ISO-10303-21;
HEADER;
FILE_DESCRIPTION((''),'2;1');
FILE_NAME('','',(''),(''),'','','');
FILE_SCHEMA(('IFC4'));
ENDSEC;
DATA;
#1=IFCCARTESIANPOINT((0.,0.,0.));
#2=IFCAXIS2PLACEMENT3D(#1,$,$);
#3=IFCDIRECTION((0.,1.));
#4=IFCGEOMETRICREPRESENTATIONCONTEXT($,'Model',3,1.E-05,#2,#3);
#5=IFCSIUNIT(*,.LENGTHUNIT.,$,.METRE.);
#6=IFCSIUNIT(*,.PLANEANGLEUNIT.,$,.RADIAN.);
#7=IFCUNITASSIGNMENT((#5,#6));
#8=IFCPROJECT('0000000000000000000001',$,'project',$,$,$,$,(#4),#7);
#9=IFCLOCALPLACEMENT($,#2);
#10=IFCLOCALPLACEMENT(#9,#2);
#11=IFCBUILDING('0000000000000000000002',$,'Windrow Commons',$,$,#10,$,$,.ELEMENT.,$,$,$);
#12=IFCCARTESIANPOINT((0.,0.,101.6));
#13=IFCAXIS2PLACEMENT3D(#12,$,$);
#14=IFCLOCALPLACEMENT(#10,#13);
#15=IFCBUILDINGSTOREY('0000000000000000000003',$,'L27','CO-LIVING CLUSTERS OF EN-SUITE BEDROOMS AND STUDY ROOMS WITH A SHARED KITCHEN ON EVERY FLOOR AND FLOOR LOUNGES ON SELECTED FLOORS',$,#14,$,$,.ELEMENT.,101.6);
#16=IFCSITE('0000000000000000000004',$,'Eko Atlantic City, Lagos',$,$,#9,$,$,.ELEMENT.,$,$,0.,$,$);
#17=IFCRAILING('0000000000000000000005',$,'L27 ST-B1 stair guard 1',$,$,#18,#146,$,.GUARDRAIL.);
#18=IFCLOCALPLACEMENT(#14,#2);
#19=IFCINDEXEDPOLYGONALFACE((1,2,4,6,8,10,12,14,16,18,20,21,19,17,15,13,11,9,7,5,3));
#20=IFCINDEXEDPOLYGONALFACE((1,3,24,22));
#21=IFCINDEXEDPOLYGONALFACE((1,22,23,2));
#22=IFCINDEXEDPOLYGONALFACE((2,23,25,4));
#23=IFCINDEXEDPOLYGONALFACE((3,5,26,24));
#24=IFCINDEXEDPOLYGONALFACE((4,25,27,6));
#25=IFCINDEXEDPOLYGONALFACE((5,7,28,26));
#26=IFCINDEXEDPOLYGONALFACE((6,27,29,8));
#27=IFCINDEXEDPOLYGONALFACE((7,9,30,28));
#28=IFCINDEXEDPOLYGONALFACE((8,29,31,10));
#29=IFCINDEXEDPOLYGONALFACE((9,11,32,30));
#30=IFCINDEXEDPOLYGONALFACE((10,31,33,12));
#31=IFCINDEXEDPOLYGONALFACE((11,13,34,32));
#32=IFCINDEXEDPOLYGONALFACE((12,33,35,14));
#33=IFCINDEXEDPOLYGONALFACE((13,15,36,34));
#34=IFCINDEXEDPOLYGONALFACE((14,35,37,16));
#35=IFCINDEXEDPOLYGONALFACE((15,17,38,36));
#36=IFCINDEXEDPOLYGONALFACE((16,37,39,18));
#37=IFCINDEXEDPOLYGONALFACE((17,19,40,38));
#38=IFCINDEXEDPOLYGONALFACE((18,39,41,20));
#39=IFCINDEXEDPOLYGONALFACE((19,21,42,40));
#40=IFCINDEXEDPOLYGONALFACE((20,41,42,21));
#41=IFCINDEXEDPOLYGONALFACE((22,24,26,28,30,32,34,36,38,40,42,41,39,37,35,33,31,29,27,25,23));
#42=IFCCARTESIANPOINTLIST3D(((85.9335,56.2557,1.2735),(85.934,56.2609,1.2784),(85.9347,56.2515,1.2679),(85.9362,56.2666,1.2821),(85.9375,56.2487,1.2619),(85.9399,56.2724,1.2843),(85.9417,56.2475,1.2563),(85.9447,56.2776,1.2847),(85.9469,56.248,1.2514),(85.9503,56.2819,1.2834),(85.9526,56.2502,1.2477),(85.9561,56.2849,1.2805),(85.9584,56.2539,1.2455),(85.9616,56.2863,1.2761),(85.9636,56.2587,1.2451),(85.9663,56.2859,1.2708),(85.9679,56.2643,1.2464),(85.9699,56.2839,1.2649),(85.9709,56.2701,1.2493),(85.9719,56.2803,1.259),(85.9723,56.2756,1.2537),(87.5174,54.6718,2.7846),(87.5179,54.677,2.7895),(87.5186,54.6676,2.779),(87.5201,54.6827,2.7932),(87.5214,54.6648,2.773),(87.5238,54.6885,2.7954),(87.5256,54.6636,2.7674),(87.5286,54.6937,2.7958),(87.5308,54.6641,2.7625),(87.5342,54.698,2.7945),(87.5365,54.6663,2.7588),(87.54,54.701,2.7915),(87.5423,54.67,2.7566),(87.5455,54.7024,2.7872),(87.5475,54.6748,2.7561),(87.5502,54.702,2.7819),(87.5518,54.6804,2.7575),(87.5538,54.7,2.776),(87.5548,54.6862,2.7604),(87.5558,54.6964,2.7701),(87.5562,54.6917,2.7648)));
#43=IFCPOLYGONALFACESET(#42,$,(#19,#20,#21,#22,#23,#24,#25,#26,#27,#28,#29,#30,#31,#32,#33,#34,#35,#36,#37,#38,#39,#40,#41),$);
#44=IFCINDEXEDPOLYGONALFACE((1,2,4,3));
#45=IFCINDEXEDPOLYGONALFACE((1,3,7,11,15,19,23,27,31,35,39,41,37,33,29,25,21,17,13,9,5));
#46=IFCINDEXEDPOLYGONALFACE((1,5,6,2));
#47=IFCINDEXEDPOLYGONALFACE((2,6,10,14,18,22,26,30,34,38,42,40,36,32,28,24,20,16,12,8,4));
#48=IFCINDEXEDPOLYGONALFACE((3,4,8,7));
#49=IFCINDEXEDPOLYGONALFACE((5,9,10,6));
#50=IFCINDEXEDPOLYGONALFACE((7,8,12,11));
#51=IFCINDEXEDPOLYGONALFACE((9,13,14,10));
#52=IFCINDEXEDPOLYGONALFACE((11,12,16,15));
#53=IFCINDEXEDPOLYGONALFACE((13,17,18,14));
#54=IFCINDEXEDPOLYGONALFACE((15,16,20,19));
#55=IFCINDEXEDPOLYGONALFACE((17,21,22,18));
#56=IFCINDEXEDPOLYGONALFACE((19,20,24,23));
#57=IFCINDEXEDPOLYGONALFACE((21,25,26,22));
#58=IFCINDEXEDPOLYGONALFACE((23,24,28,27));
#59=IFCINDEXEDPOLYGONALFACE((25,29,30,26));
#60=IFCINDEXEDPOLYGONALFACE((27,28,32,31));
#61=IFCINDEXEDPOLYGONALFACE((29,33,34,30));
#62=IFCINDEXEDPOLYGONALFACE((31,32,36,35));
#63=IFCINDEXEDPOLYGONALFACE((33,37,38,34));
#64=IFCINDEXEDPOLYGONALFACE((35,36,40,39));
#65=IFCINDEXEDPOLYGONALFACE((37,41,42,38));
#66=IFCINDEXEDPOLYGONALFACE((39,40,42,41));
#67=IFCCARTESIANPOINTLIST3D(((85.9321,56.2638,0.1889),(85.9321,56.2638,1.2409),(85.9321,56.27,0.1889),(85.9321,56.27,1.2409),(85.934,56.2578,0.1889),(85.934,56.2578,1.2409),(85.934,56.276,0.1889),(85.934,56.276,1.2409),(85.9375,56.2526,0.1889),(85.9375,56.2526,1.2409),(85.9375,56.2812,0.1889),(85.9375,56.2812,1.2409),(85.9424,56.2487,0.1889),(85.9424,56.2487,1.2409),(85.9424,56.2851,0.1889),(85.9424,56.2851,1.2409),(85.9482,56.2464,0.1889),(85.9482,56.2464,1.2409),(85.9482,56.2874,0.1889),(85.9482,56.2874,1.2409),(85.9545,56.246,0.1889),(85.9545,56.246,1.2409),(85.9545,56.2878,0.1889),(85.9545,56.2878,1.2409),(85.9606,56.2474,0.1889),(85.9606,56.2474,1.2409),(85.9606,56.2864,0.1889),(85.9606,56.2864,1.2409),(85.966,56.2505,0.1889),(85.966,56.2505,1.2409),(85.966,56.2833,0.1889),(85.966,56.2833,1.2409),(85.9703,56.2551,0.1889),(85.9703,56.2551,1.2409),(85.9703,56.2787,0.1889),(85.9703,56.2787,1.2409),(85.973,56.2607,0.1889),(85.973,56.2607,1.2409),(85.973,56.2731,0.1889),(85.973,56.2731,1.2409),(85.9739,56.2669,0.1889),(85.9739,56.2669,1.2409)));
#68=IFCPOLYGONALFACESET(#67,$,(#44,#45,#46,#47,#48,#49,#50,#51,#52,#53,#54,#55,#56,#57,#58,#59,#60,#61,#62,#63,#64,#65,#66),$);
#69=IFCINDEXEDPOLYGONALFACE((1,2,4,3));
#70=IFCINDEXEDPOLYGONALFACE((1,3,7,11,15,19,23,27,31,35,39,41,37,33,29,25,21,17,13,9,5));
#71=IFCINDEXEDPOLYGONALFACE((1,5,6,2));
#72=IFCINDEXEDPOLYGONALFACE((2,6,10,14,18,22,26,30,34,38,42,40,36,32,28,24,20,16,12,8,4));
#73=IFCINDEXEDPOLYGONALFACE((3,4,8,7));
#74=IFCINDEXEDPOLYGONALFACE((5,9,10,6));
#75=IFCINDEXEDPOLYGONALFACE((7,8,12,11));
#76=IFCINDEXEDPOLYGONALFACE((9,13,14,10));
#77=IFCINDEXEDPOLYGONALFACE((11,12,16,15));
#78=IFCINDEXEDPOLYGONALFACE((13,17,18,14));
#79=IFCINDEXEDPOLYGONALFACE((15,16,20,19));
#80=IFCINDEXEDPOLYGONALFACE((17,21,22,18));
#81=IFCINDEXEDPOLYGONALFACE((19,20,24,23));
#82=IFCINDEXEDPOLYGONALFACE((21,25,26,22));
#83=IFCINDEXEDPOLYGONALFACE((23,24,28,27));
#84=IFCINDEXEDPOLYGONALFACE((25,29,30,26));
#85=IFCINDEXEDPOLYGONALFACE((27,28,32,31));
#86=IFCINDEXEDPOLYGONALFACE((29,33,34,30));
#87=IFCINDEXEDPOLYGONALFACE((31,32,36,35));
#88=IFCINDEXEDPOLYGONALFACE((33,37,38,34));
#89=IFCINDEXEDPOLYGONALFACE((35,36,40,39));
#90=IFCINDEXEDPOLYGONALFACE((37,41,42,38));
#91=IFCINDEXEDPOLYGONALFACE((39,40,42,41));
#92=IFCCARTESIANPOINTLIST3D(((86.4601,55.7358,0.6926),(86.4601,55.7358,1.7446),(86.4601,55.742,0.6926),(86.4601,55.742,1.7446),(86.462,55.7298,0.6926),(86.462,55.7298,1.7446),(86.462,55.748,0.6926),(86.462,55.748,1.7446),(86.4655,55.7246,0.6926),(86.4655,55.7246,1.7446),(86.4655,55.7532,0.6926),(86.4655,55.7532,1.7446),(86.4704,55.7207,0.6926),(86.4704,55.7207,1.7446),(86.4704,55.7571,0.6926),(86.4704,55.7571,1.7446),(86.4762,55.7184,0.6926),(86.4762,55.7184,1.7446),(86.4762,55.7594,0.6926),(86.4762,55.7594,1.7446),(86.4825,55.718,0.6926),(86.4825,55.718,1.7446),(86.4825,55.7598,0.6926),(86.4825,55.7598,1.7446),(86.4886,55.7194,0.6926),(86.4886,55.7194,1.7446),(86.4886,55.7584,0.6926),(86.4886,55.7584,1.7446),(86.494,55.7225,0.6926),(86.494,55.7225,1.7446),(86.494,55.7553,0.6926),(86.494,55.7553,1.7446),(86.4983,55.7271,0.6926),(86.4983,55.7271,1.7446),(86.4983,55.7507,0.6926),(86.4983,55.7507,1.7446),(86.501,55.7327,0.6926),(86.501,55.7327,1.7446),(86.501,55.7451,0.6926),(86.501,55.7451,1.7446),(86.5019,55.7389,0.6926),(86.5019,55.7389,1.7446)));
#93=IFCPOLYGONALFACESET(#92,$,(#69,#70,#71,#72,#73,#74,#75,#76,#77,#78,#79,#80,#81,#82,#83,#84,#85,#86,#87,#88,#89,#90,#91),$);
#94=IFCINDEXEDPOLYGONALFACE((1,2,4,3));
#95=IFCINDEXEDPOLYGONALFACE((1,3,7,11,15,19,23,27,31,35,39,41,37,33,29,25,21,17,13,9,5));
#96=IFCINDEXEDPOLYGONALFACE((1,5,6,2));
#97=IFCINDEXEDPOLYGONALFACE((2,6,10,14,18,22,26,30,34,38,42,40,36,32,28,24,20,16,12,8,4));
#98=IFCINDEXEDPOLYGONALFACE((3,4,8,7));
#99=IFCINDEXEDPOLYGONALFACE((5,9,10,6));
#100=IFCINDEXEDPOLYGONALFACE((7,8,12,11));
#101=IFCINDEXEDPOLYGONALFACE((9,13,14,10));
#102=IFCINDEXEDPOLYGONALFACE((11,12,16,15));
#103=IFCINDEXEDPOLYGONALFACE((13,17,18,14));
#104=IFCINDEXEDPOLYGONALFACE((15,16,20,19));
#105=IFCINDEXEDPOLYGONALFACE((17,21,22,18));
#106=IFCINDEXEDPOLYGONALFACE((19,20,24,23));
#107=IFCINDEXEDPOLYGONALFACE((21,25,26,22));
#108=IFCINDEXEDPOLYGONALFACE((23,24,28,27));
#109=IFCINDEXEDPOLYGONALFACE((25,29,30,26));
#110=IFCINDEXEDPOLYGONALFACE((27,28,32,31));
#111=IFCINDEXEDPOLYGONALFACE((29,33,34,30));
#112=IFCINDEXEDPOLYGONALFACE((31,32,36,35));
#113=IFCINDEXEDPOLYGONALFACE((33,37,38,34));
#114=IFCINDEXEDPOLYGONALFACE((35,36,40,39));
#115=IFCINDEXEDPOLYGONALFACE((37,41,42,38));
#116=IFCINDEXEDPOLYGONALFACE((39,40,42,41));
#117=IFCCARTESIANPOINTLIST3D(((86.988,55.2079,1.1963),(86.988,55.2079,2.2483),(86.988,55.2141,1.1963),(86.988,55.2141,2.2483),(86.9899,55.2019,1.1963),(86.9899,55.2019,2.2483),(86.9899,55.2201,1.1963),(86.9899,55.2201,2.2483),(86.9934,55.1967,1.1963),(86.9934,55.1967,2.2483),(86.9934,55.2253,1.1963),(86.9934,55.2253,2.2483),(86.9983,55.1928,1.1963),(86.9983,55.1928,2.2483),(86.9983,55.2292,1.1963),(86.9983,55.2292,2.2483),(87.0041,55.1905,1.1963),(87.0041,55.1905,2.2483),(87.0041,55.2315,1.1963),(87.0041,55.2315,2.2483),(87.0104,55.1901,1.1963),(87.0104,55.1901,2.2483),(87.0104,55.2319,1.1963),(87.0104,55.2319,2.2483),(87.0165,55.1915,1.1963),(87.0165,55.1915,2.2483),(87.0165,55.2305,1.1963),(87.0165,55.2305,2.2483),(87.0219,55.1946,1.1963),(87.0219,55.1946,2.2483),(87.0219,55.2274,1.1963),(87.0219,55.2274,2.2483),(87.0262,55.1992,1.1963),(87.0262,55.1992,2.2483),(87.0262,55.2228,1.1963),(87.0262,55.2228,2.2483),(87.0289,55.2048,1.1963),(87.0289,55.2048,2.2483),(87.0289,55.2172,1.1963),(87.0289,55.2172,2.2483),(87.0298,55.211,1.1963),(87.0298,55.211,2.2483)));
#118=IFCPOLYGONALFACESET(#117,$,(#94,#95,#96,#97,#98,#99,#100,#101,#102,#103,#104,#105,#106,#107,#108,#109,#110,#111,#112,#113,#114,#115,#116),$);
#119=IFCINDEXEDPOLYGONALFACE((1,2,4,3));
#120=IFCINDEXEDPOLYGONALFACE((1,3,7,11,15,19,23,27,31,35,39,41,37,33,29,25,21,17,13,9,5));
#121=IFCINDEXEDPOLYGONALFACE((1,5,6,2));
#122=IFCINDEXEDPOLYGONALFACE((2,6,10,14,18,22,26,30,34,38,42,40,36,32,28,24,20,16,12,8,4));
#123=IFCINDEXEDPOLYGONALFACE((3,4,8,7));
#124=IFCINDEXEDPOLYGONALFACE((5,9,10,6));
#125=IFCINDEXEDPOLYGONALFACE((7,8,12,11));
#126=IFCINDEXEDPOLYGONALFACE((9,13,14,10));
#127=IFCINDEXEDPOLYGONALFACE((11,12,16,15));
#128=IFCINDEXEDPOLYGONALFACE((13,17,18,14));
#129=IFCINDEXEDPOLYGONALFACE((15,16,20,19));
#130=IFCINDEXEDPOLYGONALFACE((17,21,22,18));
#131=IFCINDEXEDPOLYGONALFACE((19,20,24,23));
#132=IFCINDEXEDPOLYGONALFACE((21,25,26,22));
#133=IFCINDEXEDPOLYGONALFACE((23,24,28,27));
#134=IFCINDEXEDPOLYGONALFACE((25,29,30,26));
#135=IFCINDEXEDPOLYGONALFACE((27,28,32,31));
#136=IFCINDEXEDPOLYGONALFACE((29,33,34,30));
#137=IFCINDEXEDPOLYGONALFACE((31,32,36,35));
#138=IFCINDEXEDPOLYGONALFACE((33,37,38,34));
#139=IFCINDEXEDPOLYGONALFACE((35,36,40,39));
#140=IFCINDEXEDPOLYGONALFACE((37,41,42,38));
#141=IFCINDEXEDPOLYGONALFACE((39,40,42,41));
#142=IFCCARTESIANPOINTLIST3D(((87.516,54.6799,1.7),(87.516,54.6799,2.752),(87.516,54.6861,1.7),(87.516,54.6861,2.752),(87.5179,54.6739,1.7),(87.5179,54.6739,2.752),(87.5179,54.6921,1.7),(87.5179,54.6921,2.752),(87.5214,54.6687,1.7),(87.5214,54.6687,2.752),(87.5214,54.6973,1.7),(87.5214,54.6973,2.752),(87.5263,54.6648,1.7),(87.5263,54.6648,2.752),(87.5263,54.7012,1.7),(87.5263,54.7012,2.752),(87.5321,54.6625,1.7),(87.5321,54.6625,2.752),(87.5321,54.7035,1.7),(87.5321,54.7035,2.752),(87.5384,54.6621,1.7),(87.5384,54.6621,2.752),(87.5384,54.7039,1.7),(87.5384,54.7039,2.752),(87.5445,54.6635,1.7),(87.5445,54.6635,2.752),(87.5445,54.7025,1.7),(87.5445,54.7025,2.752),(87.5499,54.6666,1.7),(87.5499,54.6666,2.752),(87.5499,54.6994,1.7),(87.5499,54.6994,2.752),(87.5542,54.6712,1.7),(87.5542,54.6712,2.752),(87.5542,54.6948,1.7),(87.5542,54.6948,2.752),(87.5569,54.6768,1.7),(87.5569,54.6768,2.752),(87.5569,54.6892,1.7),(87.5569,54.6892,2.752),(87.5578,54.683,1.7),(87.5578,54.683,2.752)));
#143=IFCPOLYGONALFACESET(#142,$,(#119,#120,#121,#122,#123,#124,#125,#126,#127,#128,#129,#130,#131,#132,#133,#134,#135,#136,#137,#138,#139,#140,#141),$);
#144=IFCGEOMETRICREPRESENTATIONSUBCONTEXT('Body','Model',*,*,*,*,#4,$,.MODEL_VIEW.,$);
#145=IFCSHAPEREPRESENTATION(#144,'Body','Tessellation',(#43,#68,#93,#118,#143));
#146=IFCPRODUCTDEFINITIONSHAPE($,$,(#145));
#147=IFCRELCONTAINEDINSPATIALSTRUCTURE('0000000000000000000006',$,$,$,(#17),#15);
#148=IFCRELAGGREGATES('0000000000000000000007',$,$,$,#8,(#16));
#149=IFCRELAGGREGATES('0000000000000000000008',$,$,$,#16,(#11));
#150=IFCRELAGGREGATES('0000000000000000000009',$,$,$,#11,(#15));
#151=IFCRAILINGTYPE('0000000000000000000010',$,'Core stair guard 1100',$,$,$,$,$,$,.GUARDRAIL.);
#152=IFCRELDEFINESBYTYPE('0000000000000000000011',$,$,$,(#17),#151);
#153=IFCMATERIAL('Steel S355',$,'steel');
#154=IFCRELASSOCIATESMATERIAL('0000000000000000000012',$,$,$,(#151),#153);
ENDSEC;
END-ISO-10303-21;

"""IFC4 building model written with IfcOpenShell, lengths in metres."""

from ifc_helpers import new_model, si_unit, direction, frame, origin, origin_2d, place, context, subcontext, project, spatial, circle, extrude, material, type_object, element, save


model = new_model("IFC4")

# Units and contexts
model_context = context("Model", 3, precision=1e-05, world=origin(), true_north=direction((0.0, 1.0)))
body_context = subcontext(model_context, "Body", "Model", "MODEL_VIEW")
ifc_project = project(units=[si_unit("LENGTHUNIT", "METRE"), si_unit("PLANEANGLEUNIT", "RADIAN")], contexts=[model_context])

# Site, building, storey
site_placement = place(None, origin())
site = spatial("IfcSite", under=ifc_project, at=site_placement, Name="Eko Atlantic City, Lagos", CompositionType="ELEMENT", RefElevation=0.0)
building_placement = place(site_placement, origin())
building = spatial("IfcBuilding", under=site, at=building_placement, Name="Windrow Commons", CompositionType="ELEMENT")
storey_placement = place(building_placement, frame((0.0, 0.0, 101.6)))
storey = spatial("IfcBuildingStorey", under=building, at=storey_placement, Name="L27", Description="CO-LIVING CLUSTERS OF EN-SUITE BEDROOMS AND STUDY ROOMS WITH A SHARED KITCHEN ON EVERY FLOOR AND FLOOR LOUNGES ON SELECTED FLOORS", CompositionType="ELEMENT", Elevation=101.6)

# Railing
ifc_material_1 = material(Name="Steel S355", Category="steel")
railing_type_1 = type_object("IfcRailingType", Name="Core stair guard 1100", PredefinedType="GUARDRAIL", material=ifc_material_1)
railing_1_placement = place(storey_placement, frame((85.9529, 56.2669, 0.1889)))
element("IfcRailing", 1, at=railing_1_placement, inside=storey, type_object=railing_type_1, Name="L27 ST-B1 stair guard 1", PredefinedType="GUARDRAIL", context=body_context, shape_type="SweptSolid", body=[
    extrude(circle(Radius=0.024, at=origin_2d()), frame((0.0, 0.0, 1.076), z_axis=(0.586191, -0.586191, 0.559249), x_axis=(0.707107, 0.707107, 0.0)), (0.0, 0.0, 1.0), 2.702),
    extrude(circle(Radius=0.021, at=origin_2d()), origin(), (0.0, 0.0, 1.0), 1.052),
    extrude(circle(Radius=0.021, at=origin_2d()), frame((0.528, -0.528, 0.5037)), (0.0, 0.0, 1.0), 1.052),
    extrude(circle(Radius=0.021, at=origin_2d()), frame((1.0559, -1.0559, 1.0074)), (0.0, 0.0, 1.0), 1.052),
    extrude(circle(Radius=0.021, at=origin_2d()), frame((1.5839, -1.5839, 1.5111)), (0.0, 0.0, 1.0), 1.052),
])

save(model, "model.ifc")
